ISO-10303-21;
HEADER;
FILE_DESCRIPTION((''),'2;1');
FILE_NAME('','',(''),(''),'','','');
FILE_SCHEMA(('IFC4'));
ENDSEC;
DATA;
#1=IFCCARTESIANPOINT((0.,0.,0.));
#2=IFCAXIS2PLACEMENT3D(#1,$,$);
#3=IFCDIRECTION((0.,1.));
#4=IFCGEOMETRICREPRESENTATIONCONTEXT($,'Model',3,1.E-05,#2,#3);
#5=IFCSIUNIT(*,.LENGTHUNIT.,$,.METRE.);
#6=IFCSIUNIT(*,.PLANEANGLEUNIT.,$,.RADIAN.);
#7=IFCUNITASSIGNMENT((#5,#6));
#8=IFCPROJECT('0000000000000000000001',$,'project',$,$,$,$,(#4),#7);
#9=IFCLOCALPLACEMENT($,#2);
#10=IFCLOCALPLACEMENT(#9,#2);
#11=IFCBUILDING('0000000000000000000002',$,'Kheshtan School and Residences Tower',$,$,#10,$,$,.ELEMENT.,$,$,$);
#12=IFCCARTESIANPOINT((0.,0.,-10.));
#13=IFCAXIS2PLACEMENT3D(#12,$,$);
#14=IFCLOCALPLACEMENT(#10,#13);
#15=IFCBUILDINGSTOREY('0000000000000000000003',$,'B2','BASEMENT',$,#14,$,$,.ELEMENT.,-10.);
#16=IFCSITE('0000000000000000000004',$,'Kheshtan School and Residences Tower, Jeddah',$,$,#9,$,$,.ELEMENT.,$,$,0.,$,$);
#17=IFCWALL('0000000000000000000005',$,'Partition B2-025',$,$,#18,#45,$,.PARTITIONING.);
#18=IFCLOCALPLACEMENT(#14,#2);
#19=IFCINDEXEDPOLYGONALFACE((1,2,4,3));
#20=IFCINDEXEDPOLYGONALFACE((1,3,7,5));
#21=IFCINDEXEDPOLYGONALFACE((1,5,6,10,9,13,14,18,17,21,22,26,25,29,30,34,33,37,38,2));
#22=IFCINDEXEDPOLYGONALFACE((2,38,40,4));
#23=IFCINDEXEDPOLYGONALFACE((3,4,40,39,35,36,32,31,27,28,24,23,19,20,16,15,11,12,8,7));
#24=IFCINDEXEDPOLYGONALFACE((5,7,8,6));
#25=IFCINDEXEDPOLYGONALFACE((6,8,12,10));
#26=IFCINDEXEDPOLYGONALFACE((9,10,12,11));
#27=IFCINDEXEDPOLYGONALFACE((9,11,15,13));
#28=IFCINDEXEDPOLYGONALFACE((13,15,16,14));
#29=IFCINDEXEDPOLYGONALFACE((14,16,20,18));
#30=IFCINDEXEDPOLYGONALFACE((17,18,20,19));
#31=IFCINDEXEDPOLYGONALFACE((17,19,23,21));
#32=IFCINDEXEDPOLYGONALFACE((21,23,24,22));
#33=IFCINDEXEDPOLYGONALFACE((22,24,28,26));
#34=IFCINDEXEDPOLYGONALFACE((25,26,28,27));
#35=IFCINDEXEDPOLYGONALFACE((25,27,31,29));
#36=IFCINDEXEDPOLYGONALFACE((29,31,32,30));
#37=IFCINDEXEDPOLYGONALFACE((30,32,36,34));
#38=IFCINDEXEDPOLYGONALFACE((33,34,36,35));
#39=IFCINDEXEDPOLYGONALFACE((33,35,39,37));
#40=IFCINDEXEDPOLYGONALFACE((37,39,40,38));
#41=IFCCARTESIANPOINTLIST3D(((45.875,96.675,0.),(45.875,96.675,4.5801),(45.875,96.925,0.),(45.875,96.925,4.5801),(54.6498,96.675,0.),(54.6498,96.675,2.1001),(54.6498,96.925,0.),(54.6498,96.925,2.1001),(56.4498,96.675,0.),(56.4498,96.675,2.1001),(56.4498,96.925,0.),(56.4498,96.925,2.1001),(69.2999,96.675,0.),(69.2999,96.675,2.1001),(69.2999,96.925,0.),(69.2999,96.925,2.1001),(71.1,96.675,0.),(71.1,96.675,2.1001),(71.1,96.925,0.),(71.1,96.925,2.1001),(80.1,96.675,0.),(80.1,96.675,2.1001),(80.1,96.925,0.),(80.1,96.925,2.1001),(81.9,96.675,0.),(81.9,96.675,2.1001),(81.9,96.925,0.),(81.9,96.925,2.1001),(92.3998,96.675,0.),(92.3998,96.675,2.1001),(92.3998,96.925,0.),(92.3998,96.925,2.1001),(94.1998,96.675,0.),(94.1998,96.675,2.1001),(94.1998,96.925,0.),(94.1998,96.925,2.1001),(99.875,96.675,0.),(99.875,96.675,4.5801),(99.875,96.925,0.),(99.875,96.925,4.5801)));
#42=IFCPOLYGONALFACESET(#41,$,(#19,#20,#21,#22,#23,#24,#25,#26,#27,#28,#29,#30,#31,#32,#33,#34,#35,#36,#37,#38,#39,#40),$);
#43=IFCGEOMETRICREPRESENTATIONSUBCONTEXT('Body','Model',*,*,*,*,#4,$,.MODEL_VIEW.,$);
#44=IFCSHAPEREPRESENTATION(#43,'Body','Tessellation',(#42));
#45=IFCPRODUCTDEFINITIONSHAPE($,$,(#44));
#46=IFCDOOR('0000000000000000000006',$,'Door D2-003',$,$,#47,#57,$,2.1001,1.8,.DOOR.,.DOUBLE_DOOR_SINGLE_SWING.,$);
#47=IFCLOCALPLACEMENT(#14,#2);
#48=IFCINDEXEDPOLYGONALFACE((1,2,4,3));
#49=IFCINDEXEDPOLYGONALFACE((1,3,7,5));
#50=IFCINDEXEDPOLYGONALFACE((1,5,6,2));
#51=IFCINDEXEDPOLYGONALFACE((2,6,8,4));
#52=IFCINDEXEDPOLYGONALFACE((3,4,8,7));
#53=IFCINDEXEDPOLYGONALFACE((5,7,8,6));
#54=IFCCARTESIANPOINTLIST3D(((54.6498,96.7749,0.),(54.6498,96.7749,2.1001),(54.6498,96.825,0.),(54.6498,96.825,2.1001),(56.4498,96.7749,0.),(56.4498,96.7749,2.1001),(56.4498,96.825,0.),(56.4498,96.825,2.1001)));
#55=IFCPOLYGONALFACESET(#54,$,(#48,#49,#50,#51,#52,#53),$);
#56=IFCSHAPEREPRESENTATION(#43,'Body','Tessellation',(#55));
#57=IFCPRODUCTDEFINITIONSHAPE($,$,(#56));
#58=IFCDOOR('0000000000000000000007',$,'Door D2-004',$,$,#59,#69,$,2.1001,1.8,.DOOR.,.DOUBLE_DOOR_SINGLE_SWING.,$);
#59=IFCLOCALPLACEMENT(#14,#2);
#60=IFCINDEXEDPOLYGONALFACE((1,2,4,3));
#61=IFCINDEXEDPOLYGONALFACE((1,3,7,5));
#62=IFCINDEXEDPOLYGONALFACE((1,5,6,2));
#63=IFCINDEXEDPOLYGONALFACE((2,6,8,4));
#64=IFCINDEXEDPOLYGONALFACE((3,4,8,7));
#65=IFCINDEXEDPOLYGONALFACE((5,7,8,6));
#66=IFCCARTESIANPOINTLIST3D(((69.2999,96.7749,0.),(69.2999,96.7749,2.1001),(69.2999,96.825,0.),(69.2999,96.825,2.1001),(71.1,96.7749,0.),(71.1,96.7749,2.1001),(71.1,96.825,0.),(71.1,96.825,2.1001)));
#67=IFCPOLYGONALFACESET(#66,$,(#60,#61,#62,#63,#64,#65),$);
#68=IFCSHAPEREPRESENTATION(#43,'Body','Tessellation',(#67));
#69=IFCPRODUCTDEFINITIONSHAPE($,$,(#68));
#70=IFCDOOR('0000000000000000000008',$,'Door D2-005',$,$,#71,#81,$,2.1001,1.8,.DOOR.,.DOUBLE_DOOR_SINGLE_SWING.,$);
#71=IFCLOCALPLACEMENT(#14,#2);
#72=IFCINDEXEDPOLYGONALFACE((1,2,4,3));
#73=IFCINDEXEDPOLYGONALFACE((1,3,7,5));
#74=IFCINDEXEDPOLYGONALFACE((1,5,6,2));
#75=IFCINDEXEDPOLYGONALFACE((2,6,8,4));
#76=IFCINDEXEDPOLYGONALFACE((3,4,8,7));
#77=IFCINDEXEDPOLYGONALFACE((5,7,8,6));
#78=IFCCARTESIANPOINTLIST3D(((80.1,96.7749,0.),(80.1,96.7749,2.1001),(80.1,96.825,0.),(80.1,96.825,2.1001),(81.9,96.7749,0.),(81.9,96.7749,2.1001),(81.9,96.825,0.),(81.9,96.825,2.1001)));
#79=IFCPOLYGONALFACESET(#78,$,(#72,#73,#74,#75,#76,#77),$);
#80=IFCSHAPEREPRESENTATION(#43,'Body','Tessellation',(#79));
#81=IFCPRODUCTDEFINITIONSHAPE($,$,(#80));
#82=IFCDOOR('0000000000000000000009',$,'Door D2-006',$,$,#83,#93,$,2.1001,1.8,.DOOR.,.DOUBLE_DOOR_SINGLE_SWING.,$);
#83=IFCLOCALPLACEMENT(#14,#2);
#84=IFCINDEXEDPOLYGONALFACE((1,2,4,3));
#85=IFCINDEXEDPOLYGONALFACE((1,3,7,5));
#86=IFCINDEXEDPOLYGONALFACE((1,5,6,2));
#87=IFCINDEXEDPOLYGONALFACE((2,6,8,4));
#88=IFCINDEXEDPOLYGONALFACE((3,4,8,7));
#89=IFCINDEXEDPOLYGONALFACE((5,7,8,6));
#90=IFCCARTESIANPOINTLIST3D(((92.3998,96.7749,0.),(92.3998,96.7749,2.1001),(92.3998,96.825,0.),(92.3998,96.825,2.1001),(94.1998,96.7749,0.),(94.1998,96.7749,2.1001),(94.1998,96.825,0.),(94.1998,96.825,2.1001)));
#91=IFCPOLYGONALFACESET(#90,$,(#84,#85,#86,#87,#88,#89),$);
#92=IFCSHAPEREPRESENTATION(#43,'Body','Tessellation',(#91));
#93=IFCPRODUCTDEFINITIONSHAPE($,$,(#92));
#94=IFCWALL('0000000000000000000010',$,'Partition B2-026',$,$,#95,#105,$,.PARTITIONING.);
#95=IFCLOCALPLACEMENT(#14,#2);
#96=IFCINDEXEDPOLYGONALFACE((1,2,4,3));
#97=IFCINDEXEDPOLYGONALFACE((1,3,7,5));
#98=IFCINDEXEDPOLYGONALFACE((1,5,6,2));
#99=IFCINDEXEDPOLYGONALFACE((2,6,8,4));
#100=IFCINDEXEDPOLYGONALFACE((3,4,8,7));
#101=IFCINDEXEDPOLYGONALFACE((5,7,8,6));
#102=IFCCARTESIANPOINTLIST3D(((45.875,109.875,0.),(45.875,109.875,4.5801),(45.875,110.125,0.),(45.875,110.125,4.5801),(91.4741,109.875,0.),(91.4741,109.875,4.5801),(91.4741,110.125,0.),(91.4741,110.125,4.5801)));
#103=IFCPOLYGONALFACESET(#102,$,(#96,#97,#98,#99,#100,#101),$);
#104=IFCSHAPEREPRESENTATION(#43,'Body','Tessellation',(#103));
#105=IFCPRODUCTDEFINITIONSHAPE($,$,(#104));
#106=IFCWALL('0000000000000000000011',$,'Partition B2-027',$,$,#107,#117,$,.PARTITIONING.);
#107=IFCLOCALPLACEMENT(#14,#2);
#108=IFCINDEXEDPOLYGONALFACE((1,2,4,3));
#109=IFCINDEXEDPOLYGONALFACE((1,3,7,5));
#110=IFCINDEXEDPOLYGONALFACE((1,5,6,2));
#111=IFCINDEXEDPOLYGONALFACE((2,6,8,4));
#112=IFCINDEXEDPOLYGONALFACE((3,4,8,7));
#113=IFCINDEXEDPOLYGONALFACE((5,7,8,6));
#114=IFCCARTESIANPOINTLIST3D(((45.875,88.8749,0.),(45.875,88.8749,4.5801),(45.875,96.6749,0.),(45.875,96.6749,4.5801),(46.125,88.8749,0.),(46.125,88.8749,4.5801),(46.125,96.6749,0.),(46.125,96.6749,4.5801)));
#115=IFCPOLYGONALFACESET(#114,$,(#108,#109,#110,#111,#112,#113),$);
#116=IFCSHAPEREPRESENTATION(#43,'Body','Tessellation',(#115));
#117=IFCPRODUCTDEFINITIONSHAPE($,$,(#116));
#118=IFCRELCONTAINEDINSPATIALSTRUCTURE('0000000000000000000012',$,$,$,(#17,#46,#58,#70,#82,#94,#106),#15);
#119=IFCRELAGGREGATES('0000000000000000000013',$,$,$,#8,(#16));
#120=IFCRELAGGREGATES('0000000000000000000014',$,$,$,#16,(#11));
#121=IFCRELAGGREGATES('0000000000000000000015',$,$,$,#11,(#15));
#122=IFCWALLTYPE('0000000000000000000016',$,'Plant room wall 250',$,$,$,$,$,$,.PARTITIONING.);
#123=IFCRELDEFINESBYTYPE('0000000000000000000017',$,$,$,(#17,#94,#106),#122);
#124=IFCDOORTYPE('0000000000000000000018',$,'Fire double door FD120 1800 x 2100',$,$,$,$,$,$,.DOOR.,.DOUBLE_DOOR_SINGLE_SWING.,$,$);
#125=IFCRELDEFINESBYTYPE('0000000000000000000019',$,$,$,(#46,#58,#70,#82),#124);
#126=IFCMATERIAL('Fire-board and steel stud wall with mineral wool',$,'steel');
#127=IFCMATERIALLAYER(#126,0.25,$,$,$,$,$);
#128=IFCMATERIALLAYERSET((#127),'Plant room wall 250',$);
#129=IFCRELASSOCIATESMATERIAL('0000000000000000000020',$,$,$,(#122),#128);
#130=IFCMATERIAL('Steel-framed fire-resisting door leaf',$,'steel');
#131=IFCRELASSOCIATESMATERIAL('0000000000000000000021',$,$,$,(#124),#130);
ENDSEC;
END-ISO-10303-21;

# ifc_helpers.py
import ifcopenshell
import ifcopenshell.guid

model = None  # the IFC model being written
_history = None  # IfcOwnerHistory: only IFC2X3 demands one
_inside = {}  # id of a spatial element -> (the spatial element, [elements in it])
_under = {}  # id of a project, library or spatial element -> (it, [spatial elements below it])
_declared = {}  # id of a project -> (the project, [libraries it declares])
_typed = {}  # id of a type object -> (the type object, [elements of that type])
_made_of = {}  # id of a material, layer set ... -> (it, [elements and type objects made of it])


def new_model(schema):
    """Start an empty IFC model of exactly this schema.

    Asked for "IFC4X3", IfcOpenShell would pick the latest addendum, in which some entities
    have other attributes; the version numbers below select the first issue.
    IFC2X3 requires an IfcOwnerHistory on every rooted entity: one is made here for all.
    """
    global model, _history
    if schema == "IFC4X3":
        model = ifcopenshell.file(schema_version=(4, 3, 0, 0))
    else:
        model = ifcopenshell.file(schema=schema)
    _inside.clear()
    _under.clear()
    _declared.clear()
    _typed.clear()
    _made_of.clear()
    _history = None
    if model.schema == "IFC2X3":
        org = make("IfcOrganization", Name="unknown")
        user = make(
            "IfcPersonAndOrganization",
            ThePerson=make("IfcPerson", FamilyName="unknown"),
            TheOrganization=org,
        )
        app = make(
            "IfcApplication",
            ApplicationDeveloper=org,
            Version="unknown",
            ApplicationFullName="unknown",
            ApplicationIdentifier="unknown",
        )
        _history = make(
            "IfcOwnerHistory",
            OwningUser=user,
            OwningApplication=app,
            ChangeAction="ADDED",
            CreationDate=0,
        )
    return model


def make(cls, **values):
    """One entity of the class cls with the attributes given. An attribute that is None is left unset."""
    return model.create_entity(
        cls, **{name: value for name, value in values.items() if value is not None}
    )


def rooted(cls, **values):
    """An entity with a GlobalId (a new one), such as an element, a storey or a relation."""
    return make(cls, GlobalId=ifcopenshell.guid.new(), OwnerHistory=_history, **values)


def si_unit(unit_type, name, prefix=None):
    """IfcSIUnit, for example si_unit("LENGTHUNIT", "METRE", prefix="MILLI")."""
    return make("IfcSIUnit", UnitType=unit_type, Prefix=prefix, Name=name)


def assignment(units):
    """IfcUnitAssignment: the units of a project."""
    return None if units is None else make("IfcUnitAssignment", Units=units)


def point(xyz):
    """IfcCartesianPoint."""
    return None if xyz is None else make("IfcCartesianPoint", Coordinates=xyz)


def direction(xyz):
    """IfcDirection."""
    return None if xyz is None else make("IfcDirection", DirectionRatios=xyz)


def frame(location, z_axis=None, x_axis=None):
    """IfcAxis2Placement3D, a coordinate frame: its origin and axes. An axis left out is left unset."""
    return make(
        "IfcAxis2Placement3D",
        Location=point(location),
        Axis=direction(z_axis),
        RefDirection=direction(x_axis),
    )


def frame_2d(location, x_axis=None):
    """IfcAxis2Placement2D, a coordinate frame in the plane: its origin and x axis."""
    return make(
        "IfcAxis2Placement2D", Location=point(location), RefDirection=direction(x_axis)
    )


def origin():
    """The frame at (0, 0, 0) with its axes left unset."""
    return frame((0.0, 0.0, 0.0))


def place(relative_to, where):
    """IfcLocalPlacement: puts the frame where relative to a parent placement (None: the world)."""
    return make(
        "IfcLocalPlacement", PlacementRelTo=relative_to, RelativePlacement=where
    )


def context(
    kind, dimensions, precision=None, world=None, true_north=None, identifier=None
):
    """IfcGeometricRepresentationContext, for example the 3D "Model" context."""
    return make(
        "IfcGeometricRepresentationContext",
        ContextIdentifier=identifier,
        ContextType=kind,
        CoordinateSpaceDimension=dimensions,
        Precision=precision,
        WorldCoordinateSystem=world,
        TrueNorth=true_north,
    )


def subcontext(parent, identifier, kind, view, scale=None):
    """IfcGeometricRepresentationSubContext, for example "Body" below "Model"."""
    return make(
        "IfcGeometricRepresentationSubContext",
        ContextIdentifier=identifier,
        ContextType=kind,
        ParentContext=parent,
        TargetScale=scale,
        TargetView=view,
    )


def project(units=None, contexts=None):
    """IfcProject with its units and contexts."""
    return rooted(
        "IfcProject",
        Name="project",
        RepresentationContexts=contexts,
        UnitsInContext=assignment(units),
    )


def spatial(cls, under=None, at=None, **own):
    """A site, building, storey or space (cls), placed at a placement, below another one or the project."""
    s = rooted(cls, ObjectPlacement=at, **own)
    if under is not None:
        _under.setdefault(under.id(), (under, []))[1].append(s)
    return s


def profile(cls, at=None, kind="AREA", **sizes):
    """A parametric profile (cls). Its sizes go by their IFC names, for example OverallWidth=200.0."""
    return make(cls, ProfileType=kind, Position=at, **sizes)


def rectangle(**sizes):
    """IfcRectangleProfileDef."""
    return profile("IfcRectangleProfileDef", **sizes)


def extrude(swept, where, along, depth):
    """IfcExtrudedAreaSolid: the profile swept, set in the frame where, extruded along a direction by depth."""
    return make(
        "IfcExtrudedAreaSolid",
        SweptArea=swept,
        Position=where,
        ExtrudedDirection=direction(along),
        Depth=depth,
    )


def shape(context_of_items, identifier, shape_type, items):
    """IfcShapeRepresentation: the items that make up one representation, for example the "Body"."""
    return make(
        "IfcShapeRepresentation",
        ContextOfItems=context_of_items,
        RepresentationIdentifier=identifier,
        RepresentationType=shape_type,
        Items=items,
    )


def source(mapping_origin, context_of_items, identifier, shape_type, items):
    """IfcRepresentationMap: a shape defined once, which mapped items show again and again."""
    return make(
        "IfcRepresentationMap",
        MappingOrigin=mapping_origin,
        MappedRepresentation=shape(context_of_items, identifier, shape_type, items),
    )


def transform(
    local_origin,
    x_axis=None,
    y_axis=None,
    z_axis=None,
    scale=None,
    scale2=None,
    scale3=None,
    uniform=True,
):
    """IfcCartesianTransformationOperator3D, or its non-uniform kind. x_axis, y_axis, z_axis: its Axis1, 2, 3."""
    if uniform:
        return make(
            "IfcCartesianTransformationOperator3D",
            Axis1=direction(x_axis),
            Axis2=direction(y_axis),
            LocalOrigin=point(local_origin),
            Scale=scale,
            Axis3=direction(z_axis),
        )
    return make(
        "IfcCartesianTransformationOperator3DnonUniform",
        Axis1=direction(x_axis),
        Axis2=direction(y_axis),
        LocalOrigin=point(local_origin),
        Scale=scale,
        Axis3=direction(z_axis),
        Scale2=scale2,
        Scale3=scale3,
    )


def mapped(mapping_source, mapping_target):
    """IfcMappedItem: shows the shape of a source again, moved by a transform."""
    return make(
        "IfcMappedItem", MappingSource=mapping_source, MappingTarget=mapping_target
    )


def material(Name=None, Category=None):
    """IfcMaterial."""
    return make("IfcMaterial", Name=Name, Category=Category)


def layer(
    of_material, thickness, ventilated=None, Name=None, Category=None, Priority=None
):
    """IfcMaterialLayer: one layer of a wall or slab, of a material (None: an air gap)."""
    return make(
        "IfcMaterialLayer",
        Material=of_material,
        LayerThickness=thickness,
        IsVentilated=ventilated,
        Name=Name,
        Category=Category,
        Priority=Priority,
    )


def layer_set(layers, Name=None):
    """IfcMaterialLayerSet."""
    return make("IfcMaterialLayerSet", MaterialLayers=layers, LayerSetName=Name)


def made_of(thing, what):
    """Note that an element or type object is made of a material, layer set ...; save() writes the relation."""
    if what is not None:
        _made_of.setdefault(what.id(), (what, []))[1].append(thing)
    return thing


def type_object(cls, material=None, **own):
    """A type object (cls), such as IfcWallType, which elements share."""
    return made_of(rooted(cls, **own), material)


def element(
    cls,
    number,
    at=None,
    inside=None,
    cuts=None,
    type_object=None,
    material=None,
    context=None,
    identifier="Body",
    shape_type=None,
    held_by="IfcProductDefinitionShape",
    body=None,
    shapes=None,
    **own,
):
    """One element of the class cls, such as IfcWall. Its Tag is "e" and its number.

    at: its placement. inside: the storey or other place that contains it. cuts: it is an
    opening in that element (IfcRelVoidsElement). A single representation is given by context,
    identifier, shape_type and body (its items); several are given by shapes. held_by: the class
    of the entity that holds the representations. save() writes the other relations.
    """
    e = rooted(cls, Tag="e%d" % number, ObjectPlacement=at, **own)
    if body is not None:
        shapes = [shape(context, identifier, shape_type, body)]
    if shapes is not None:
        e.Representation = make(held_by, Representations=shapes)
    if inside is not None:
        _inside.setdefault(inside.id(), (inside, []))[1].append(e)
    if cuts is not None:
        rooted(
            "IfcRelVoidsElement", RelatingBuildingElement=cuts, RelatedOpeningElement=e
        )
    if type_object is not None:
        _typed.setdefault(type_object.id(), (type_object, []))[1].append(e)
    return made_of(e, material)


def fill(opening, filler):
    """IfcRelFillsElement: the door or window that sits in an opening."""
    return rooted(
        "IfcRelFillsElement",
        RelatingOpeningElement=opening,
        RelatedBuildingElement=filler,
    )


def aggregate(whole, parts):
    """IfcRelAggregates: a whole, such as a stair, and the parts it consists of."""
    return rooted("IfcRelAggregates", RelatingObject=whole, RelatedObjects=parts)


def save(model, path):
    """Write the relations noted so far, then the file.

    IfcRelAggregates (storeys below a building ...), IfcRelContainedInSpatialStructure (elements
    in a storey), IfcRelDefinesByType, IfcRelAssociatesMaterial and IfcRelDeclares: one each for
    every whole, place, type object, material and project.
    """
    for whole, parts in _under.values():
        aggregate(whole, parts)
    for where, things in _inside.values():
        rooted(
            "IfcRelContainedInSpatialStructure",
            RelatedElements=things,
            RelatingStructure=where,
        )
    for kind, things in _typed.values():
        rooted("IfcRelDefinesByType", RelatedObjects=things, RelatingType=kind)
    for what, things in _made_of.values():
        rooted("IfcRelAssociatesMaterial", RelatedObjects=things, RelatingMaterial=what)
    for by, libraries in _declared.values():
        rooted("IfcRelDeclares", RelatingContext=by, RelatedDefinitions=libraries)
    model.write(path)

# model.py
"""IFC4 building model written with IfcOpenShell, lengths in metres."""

from ifc_helpers import new_model, si_unit, direction, frame, frame_2d, origin, place, context, subcontext, project, spatial, rectangle, extrude, source, transform, mapped, material, layer, layer_set, type_object, element, fill, save


model = new_model("IFC4")

# Units and contexts
model_context = context("Model", 3, precision=1e-05, world=origin(), true_north=direction((0.0, 1.0)))
body_context = subcontext(model_context, "Body", "Model", "MODEL_VIEW")
ifc_project = project(units=[si_unit("LENGTHUNIT", "METRE"), si_unit("PLANEANGLEUNIT", "RADIAN")], contexts=[model_context])

# Site, building, storey
site_placement = place(None, origin())
site = spatial("IfcSite", under=ifc_project, at=site_placement, Name="Kheshtan School and Residences Tower, Jeddah", CompositionType="ELEMENT", RefElevation=0.0)
building_placement = place(site_placement, origin())
building = spatial("IfcBuilding", under=site, at=building_placement, Name="Kheshtan School and Residences Tower", CompositionType="ELEMENT")
storey_placement = place(building_placement, frame((0.0, 0.0, -10.0)))
storey = spatial("IfcBuildingStorey", under=building, at=storey_placement, Name="B2", Description="BASEMENT", CompositionType="ELEMENT", Elevation=-10.0)

# Shared definitions
ifc_material_1 = material(Name="Steel-framed fire-resisting door leaf", Category="steel")

# Wall, openings, doors
ifc_material_2 = material(Name="Fire-board and steel stud wall with mineral wool", Category="steel")
ifc_layer_1 = layer(ifc_material_2, 0.25)
ifc_layer_set_1 = layer_set([ifc_layer_1], Name="Plant room wall 250")
wall_type_1 = type_object("IfcWallType", Name="Plant room wall 250", PredefinedType="PARTITIONING", material=ifc_layer_set_1)
wall_1_placement = place(storey_placement, frame((45.875, 96.8, 0.0), z_axis=(0.0, 0.0, 1.0), x_axis=(1.0, 0.0, 0.0)))
wall_1 = element("IfcWall", 1, at=wall_1_placement, inside=storey, type_object=wall_type_1, Name="Partition B2-025", PredefinedType="PARTITIONING", context=body_context, shape_type="SweptSolid", body=[
    extrude(rectangle(XDim=54.0, YDim=0.25, at=frame_2d((27.0, 0.0))), origin(), (0.0, 0.0, 1.0), 4.5801),
])
opening_1_placement = place(wall_1_placement, frame((8.7749, 0.0, 0.0)))
opening_1 = element("IfcOpeningElement", 2, at=opening_1_placement, cuts=wall_1, PredefinedType="OPENING", context=body_context, shape_type="SweptSolid", body=[
    extrude(rectangle(XDim=1.8, YDim=2.1001, at=frame_2d((0.8999, 1.05))), frame((0.0, 0.135, 0.0), z_axis=(0.0, -1.0, 0.0), x_axis=(1.0, 0.0, 0.0)), (0.0, 0.0, 1.0), 0.27),
])
opening_2_placement = place(wall_1_placement, frame((23.425, 0.0, 0.0)))
opening_2 = element("IfcOpeningElement", 3, at=opening_2_placement, cuts=wall_1, PredefinedType="OPENING", context=body_context, shape_type="SweptSolid", body=[
    extrude(rectangle(XDim=1.8, YDim=2.1001, at=frame_2d((0.8999, 1.05))), frame((0.0, 0.135, 0.0), z_axis=(0.0, -1.0, 0.0), x_axis=(1.0, 0.0, 0.0)), (0.0, 0.0, 1.0), 0.27),
])
opening_3_placement = place(wall_1_placement, frame((34.2251, 0.0, 0.0)))
opening_3 = element("IfcOpeningElement", 4, at=opening_3_placement, cuts=wall_1, PredefinedType="OPENING", context=body_context, shape_type="SweptSolid", body=[
    extrude(rectangle(XDim=1.8, YDim=2.1001, at=frame_2d((0.8999, 1.05))), frame((0.0, 0.135, 0.0), z_axis=(0.0, -1.0, 0.0), x_axis=(1.0, 0.0, 0.0)), (0.0, 0.0, 1.0), 0.27),
])
opening_4_placement = place(wall_1_placement, frame((46.5249, 0.0, 0.0)))
opening_4 = element("IfcOpeningElement", 5, at=opening_4_placement, cuts=wall_1, PredefinedType="OPENING", context=body_context, shape_type="SweptSolid", body=[
    extrude(rectangle(XDim=1.8, YDim=2.1001, at=frame_2d((0.8999, 1.05))), frame((0.0, 0.135, 0.0), z_axis=(0.0, -1.0, 0.0), x_axis=(1.0, 0.0, 0.0)), (0.0, 0.0, 1.0), 0.27),
])
door_type_1 = type_object("IfcDoorType", Name="Fire double door FD120 1800 x 2100", OperationType="DOUBLE_DOOR_SINGLE_SWING", PredefinedType="DOOR", material=ifc_material_1)
shared_shape_1 = source(origin(), body_context, "Body", "SweptSolid", [
    extrude(rectangle(XDim=1.8, YDim=2.1001, at=frame_2d((0.8999, 1.05))), frame((0.0, 0.0249, 0.0), z_axis=(0.0, -1.0, 0.0), x_axis=(1.0, 0.0, 0.0)), (0.0, 0.0, 1.0), 0.05),
])
door_1_placement = place(opening_1_placement, origin())
door_1 = element("IfcDoor", 6, at=door_1_placement, inside=storey, type_object=door_type_1, Name="Door D2-003", OperationType="DOUBLE_DOOR_SINGLE_SWING", OverallHeight=2.1001, OverallWidth=1.8, PredefinedType="DOOR", context=body_context, shape_type="MappedRepresentation", body=[
    mapped(shared_shape_1, transform((0.0, 0.0, 0.0), x_axis=(1.0, 0.0, 0.0), y_axis=(0.0, 1.0, 0.0), z_axis=(0.0, 0.0, 1.0), scale=1.0)),
])
fill(opening_1, door_1)
door_2_placement = place(opening_2_placement, origin())
door_2 = element("IfcDoor", 7, at=door_2_placement, inside=storey, type_object=door_type_1, Name="Door D2-004", OperationType="DOUBLE_DOOR_SINGLE_SWING", OverallHeight=2.1001, OverallWidth=1.8, PredefinedType="DOOR", context=body_context, shape_type="MappedRepresentation", body=[
    mapped(shared_shape_1, transform((0.0, 0.0, 0.0), x_axis=(1.0, 0.0, 0.0), y_axis=(0.0, 1.0, 0.0), z_axis=(0.0, 0.0, 1.0), scale=1.0)),
])
fill(opening_2, door_2)
door_3_placement = place(opening_3_placement, origin())
door_3 = element("IfcDoor", 8, at=door_3_placement, inside=storey, type_object=door_type_1, Name="Door D2-005", OperationType="DOUBLE_DOOR_SINGLE_SWING", OverallHeight=2.1001, OverallWidth=1.8, PredefinedType="DOOR", context=body_context, shape_type="MappedRepresentation", body=[
    mapped(shared_shape_1, transform((0.0, 0.0, 0.0), x_axis=(1.0, 0.0, 0.0), y_axis=(0.0, 1.0, 0.0), z_axis=(0.0, 0.0, 1.0), scale=1.0)),
])
fill(opening_3, door_3)
door_4_placement = place(opening_4_placement, origin())
door_4 = element("IfcDoor", 9, at=door_4_placement, inside=storey, type_object=door_type_1, Name="Door D2-006", OperationType="DOUBLE_DOOR_SINGLE_SWING", OverallHeight=2.1001, OverallWidth=1.8, PredefinedType="DOOR", context=body_context, shape_type="MappedRepresentation", body=[
    mapped(shared_shape_1, transform((0.0, 0.0, 0.0), x_axis=(1.0, 0.0, 0.0), y_axis=(0.0, 1.0, 0.0), z_axis=(0.0, 0.0, 1.0), scale=1.0)),
])
fill(opening_4, door_4)

# Walls
wall_2_placement = place(storey_placement, frame((45.875, 110.0, 0.0), z_axis=(0.0, 0.0, 1.0), x_axis=(1.0, 0.0, 0.0)))
element("IfcWall", 10, at=wall_2_placement, inside=storey, type_object=wall_type_1, Name="Partition B2-026", PredefinedType="PARTITIONING", context=body_context, shape_type="SweptSolid", body=[
    extrude(rectangle(XDim=45.5991, YDim=0.25, at=frame_2d((22.7996, 0.0))), origin(), (0.0, 0.0, 1.0), 4.5801),
])
wall_3_placement = place(storey_placement, frame((46.0, 88.875, 0.0), z_axis=(0.0, 0.0, 1.0), x_axis=(0.0, 1.0, 0.0)))
element("IfcWall", 11, at=wall_3_placement, inside=storey, type_object=wall_type_1, Name="Partition B2-027", PredefinedType="PARTITIONING", context=body_context, shape_type="SweptSolid", body=[
    extrude(rectangle(XDim=7.8, YDim=0.25, at=frame_2d((3.8999, 0.0))), origin(), (0.0, 0.0, 1.0), 4.5801),
])

save(model, "model.ifc")
